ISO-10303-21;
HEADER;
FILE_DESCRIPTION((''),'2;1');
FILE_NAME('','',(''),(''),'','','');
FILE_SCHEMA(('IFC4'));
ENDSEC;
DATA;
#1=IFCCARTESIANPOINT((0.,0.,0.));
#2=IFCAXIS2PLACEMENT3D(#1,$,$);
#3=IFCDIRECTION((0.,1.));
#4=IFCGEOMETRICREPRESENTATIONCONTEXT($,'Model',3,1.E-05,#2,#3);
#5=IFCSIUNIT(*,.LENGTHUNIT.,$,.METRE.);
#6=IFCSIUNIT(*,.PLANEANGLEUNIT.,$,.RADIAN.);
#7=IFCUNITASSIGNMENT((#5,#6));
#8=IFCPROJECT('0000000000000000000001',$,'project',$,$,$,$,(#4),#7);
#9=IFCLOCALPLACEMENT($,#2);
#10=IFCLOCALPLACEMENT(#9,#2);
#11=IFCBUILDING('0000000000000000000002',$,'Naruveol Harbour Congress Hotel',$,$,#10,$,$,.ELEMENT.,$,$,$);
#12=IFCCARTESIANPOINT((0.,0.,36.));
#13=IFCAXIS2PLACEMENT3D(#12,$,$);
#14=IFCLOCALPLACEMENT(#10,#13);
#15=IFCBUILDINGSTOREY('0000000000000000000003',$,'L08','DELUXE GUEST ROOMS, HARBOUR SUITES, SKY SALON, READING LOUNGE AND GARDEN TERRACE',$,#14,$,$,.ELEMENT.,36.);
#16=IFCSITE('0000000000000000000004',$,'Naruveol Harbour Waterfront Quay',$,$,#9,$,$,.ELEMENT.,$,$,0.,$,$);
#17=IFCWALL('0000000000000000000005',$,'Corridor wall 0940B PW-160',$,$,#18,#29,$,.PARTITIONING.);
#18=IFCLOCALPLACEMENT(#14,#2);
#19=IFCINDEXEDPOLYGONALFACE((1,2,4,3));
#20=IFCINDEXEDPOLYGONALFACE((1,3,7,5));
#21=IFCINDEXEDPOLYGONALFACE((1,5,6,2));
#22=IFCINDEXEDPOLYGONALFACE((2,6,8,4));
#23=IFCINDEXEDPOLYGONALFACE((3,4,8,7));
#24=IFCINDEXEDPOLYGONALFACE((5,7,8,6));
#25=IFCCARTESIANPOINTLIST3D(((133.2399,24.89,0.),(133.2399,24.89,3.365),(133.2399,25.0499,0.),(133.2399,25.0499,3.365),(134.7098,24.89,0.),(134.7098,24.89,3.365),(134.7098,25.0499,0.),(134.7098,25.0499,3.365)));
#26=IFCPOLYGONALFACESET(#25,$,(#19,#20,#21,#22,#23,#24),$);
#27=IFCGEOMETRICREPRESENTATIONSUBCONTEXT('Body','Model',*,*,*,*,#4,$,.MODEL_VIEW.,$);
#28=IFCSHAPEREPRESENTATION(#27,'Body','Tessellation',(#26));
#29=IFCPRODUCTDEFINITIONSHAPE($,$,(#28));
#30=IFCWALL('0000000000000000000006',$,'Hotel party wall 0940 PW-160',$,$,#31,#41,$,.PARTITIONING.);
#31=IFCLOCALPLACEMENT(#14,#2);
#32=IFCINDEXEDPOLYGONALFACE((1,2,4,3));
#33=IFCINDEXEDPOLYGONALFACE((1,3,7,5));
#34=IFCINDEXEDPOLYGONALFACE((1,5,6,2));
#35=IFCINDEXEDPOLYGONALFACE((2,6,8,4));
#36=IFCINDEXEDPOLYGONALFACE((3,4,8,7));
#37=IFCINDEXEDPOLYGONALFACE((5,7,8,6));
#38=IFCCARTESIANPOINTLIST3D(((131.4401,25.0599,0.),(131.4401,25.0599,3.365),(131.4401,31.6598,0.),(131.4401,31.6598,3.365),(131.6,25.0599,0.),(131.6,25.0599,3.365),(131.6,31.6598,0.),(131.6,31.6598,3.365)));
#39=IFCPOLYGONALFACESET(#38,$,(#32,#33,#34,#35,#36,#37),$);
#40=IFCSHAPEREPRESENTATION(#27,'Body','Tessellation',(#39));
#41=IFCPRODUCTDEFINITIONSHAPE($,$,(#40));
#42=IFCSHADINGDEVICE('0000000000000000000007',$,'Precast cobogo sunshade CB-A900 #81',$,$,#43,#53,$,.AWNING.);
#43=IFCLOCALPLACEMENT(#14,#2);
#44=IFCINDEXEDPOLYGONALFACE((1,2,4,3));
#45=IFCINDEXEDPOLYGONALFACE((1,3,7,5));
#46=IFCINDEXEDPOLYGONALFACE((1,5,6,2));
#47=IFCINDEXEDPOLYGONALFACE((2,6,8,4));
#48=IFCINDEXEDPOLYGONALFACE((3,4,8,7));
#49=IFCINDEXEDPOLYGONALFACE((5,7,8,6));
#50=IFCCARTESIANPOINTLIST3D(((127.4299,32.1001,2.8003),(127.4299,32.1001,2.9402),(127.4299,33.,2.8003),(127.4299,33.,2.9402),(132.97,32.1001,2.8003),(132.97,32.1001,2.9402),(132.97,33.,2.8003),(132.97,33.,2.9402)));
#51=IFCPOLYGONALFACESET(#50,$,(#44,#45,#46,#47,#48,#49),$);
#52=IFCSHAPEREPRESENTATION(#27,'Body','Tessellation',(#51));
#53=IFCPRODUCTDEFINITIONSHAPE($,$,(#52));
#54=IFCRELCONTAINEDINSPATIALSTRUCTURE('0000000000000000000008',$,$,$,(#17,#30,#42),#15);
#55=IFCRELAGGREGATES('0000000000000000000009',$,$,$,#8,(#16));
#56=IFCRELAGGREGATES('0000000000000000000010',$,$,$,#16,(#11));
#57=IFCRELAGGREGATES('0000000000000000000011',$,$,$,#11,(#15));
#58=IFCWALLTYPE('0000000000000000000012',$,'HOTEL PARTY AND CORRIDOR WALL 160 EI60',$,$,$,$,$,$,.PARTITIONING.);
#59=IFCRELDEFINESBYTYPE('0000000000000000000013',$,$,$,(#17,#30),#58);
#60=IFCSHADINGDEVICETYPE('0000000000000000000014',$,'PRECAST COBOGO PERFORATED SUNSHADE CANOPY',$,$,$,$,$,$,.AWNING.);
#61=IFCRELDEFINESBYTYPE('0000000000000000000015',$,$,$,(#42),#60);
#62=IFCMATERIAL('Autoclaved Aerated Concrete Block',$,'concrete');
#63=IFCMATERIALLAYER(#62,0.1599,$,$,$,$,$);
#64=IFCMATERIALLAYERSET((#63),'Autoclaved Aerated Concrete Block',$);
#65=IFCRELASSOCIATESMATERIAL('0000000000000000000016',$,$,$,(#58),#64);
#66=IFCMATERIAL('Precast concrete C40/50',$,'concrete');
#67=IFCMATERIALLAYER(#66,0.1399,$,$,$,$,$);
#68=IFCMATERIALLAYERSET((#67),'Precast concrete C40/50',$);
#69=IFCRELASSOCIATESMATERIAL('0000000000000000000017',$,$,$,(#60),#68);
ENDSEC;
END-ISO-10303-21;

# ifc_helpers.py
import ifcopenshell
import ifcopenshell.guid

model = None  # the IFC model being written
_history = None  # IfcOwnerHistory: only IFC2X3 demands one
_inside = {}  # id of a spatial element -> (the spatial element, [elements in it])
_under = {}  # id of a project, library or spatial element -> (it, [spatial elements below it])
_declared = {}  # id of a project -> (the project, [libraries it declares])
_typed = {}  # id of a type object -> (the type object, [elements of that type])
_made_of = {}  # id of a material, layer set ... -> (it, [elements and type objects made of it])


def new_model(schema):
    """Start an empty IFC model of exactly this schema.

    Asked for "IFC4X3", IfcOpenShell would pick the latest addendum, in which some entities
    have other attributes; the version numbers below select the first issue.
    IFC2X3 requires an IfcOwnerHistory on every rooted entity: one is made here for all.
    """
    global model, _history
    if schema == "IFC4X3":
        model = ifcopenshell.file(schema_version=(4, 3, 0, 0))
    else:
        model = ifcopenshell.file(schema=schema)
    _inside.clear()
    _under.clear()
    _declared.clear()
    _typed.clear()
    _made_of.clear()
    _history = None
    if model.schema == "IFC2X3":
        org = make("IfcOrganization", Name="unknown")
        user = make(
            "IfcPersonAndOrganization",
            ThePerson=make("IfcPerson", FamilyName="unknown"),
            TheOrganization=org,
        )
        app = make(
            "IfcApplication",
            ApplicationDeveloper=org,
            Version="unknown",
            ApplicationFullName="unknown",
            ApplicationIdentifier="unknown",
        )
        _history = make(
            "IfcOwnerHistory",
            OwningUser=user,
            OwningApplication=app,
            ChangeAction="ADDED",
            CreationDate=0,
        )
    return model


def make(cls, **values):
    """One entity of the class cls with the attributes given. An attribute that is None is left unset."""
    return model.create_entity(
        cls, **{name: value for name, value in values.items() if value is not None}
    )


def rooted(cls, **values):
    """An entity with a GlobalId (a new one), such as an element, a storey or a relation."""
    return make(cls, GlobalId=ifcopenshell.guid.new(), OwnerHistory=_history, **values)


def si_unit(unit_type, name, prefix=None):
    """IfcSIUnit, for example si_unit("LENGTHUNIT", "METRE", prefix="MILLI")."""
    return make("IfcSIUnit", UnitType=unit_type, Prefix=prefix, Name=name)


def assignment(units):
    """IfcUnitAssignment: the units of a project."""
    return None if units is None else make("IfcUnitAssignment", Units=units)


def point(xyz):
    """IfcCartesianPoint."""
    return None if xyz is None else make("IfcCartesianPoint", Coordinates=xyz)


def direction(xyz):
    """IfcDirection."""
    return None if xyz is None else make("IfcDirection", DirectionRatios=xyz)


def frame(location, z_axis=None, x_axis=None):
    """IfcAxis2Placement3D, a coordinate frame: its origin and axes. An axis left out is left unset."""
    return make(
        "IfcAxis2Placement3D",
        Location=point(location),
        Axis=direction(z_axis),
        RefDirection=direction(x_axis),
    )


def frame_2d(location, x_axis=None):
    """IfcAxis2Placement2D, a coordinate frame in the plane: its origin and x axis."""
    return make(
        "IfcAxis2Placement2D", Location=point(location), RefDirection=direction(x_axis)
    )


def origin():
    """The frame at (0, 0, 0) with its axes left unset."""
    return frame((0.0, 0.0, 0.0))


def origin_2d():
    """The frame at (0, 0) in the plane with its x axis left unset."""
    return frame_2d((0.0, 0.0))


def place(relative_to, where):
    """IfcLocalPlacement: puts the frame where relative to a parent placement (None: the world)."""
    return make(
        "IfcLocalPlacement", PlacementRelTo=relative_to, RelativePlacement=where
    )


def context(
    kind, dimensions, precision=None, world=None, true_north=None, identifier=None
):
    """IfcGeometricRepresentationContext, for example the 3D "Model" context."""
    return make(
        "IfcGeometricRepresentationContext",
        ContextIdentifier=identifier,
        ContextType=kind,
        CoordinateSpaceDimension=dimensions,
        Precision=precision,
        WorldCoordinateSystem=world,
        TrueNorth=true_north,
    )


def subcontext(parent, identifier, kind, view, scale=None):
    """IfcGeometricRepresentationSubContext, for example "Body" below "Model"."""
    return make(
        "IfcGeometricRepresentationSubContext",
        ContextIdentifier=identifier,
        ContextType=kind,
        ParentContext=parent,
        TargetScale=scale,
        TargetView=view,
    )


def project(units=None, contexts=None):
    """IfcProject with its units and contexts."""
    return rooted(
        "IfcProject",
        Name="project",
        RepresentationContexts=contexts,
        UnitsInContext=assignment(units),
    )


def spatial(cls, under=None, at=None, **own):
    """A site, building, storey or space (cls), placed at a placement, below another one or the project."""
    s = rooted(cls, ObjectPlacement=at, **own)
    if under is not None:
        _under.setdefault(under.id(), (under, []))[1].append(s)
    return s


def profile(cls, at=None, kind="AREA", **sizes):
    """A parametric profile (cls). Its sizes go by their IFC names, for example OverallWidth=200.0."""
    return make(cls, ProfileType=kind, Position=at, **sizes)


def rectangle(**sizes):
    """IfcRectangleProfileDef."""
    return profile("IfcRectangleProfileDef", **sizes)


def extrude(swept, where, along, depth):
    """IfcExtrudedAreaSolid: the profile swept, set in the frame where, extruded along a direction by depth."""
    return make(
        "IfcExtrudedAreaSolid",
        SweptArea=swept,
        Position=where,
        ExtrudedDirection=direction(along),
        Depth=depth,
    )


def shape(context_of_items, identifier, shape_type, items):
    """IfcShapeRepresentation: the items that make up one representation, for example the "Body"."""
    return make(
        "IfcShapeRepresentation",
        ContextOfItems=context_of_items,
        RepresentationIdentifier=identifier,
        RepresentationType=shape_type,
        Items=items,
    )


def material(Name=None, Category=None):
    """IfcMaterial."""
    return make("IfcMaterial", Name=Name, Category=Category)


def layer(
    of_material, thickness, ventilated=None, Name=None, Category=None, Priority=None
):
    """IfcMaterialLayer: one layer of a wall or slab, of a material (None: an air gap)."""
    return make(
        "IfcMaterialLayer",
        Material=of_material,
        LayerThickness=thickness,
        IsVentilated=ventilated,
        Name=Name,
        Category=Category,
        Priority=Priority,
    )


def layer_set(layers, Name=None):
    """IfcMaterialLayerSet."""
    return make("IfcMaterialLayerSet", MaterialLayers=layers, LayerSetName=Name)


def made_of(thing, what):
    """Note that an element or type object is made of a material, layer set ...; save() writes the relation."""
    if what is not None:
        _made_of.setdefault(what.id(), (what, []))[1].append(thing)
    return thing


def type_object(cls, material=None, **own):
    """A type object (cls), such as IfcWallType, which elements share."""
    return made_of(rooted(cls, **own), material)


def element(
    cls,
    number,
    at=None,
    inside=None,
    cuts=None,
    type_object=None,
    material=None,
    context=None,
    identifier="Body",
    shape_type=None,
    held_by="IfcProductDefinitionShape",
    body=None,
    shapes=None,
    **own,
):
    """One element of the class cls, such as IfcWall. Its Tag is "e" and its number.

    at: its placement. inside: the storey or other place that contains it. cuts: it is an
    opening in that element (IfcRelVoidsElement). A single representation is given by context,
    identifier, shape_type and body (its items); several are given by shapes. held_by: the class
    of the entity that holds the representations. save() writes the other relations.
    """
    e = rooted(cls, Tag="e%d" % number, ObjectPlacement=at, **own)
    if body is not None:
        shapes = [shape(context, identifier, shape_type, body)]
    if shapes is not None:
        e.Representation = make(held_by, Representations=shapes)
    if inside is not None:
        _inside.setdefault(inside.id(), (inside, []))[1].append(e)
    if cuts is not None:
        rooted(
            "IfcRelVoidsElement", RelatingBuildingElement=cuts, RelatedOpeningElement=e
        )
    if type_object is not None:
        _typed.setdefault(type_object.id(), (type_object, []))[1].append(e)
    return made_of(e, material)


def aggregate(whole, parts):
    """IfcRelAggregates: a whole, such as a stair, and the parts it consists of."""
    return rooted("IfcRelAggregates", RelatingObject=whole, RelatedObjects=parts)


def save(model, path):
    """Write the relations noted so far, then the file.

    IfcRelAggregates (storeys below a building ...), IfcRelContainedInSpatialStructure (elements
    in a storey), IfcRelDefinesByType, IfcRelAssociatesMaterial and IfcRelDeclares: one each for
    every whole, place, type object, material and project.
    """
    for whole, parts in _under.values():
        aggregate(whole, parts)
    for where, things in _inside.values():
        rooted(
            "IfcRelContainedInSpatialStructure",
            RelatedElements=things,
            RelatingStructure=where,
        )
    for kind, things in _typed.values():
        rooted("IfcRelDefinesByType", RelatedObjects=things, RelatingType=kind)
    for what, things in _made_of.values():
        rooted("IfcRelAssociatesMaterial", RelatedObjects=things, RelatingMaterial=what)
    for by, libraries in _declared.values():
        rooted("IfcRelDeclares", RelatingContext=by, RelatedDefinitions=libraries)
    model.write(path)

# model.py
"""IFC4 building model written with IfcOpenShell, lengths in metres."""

from ifc_helpers import new_model, si_unit, direction, frame, frame_2d, origin, origin_2d, place, context, subcontext, project, spatial, rectangle, extrude, material, layer, layer_set, type_object, element, save


model = new_model("IFC4")

# Units and contexts
model_context = context("Model", 3, precision=1e-05, world=origin(), true_north=direction((0.0, 1.0)))
body_context = subcontext(model_context, "Body", "Model", "MODEL_VIEW")
ifc_project = project(units=[si_unit("LENGTHUNIT", "METRE"), si_unit("PLANEANGLEUNIT", "RADIAN")], contexts=[model_context])

# Site, building, storey
site_placement = place(None, origin())
site = spatial("IfcSite", under=ifc_project, at=site_placement, Name="Naruveol Harbour Waterfront Quay", CompositionType="ELEMENT", RefElevation=0.0)
building_placement = place(site_placement, origin())
building = spatial("IfcBuilding", under=site, at=building_placement, Name="Naruveol Harbour Congress Hotel", CompositionType="ELEMENT")
storey_placement = place(building_placement, frame((0.0, 0.0, 36.0)))
storey = spatial("IfcBuildingStorey", under=building, at=storey_placement, Name="L08", Description="DELUXE GUEST ROOMS, HARBOUR SUITES, SKY SALON, READING LOUNGE AND GARDEN TERRACE", CompositionType="ELEMENT", Elevation=36.0)

# Shared definitions
ifc_material_1 = material(Name="Autoclaved Aerated Concrete Block", Category="concrete")
ifc_layer_1 = layer(ifc_material_1, 0.1599)
ifc_layer_set_1 = layer_set([ifc_layer_1], Name="Autoclaved Aerated Concrete Block")
wall_type_1 = type_object("IfcWallType", Name="HOTEL PARTY AND CORRIDOR WALL 160 EI60", PredefinedType="PARTITIONING", material=ifc_layer_set_1)

# Walls
wall_1_placement = place(storey_placement, frame((133.24, 24.97, 0.0), z_axis=(0.0, 0.0, 1.0), x_axis=(1.0, 0.0, 0.0)))
element("IfcWall", 1, at=wall_1_placement, inside=storey, type_object=wall_type_1, Name="Corridor wall 0940B PW-160", PredefinedType="PARTITIONING", context=body_context, shape_type="SweptSolid", body=[
    extrude(rectangle(XDim=1.47, YDim=0.1599, at=frame_2d((0.7349, 0.0))), origin(), (0.0, 0.0, 1.0), 3.365),
])
wall_2_placement = place(storey_placement, frame((131.52, 25.0601, 0.0), z_axis=(0.0, 0.0, 1.0), x_axis=(0.0, 1.0, 0.0)))
element("IfcWall", 2, at=wall_2_placement, inside=storey, type_object=wall_type_1, Name="Hotel party wall 0940 PW-160", PredefinedType="PARTITIONING", context=body_context, shape_type="SweptSolid", body=[
    extrude(rectangle(XDim=6.5999, YDim=0.1599, at=frame_2d((3.2998, 0.0))), origin(), (0.0, 0.0, 1.0), 3.365),
])

# Shading device
ifc_material_2 = material(Name="Precast concrete C40/50", Category="concrete")
ifc_layer_2 = layer(ifc_material_2, 0.1399)
ifc_layer_set_2 = layer_set([ifc_layer_2], Name="Precast concrete C40/50")
shading_device_type = type_object("IfcShadingDeviceType", Name="PRECAST COBOGO PERFORATED SUNSHADE CANOPY", PredefinedType="AWNING", material=ifc_layer_set_2)
shading_device_placement = place(storey_placement, frame((130.2, 32.55, 2.8003), z_axis=(0.0, 0.0, 1.0), x_axis=(1.0, 0.0, 0.0)))
element("IfcShadingDevice", 3, at=shading_device_placement, inside=storey, type_object=shading_device_type, Name="Precast cobogo sunshade CB-A900 #81", PredefinedType="AWNING", context=body_context, shape_type="SweptSolid", body=[
    extrude(rectangle(XDim=5.54, YDim=0.8999, at=origin_2d()), origin(), (0.0, 0.0, 1.0), 0.1399),
])

save(model, "model.ifc")
